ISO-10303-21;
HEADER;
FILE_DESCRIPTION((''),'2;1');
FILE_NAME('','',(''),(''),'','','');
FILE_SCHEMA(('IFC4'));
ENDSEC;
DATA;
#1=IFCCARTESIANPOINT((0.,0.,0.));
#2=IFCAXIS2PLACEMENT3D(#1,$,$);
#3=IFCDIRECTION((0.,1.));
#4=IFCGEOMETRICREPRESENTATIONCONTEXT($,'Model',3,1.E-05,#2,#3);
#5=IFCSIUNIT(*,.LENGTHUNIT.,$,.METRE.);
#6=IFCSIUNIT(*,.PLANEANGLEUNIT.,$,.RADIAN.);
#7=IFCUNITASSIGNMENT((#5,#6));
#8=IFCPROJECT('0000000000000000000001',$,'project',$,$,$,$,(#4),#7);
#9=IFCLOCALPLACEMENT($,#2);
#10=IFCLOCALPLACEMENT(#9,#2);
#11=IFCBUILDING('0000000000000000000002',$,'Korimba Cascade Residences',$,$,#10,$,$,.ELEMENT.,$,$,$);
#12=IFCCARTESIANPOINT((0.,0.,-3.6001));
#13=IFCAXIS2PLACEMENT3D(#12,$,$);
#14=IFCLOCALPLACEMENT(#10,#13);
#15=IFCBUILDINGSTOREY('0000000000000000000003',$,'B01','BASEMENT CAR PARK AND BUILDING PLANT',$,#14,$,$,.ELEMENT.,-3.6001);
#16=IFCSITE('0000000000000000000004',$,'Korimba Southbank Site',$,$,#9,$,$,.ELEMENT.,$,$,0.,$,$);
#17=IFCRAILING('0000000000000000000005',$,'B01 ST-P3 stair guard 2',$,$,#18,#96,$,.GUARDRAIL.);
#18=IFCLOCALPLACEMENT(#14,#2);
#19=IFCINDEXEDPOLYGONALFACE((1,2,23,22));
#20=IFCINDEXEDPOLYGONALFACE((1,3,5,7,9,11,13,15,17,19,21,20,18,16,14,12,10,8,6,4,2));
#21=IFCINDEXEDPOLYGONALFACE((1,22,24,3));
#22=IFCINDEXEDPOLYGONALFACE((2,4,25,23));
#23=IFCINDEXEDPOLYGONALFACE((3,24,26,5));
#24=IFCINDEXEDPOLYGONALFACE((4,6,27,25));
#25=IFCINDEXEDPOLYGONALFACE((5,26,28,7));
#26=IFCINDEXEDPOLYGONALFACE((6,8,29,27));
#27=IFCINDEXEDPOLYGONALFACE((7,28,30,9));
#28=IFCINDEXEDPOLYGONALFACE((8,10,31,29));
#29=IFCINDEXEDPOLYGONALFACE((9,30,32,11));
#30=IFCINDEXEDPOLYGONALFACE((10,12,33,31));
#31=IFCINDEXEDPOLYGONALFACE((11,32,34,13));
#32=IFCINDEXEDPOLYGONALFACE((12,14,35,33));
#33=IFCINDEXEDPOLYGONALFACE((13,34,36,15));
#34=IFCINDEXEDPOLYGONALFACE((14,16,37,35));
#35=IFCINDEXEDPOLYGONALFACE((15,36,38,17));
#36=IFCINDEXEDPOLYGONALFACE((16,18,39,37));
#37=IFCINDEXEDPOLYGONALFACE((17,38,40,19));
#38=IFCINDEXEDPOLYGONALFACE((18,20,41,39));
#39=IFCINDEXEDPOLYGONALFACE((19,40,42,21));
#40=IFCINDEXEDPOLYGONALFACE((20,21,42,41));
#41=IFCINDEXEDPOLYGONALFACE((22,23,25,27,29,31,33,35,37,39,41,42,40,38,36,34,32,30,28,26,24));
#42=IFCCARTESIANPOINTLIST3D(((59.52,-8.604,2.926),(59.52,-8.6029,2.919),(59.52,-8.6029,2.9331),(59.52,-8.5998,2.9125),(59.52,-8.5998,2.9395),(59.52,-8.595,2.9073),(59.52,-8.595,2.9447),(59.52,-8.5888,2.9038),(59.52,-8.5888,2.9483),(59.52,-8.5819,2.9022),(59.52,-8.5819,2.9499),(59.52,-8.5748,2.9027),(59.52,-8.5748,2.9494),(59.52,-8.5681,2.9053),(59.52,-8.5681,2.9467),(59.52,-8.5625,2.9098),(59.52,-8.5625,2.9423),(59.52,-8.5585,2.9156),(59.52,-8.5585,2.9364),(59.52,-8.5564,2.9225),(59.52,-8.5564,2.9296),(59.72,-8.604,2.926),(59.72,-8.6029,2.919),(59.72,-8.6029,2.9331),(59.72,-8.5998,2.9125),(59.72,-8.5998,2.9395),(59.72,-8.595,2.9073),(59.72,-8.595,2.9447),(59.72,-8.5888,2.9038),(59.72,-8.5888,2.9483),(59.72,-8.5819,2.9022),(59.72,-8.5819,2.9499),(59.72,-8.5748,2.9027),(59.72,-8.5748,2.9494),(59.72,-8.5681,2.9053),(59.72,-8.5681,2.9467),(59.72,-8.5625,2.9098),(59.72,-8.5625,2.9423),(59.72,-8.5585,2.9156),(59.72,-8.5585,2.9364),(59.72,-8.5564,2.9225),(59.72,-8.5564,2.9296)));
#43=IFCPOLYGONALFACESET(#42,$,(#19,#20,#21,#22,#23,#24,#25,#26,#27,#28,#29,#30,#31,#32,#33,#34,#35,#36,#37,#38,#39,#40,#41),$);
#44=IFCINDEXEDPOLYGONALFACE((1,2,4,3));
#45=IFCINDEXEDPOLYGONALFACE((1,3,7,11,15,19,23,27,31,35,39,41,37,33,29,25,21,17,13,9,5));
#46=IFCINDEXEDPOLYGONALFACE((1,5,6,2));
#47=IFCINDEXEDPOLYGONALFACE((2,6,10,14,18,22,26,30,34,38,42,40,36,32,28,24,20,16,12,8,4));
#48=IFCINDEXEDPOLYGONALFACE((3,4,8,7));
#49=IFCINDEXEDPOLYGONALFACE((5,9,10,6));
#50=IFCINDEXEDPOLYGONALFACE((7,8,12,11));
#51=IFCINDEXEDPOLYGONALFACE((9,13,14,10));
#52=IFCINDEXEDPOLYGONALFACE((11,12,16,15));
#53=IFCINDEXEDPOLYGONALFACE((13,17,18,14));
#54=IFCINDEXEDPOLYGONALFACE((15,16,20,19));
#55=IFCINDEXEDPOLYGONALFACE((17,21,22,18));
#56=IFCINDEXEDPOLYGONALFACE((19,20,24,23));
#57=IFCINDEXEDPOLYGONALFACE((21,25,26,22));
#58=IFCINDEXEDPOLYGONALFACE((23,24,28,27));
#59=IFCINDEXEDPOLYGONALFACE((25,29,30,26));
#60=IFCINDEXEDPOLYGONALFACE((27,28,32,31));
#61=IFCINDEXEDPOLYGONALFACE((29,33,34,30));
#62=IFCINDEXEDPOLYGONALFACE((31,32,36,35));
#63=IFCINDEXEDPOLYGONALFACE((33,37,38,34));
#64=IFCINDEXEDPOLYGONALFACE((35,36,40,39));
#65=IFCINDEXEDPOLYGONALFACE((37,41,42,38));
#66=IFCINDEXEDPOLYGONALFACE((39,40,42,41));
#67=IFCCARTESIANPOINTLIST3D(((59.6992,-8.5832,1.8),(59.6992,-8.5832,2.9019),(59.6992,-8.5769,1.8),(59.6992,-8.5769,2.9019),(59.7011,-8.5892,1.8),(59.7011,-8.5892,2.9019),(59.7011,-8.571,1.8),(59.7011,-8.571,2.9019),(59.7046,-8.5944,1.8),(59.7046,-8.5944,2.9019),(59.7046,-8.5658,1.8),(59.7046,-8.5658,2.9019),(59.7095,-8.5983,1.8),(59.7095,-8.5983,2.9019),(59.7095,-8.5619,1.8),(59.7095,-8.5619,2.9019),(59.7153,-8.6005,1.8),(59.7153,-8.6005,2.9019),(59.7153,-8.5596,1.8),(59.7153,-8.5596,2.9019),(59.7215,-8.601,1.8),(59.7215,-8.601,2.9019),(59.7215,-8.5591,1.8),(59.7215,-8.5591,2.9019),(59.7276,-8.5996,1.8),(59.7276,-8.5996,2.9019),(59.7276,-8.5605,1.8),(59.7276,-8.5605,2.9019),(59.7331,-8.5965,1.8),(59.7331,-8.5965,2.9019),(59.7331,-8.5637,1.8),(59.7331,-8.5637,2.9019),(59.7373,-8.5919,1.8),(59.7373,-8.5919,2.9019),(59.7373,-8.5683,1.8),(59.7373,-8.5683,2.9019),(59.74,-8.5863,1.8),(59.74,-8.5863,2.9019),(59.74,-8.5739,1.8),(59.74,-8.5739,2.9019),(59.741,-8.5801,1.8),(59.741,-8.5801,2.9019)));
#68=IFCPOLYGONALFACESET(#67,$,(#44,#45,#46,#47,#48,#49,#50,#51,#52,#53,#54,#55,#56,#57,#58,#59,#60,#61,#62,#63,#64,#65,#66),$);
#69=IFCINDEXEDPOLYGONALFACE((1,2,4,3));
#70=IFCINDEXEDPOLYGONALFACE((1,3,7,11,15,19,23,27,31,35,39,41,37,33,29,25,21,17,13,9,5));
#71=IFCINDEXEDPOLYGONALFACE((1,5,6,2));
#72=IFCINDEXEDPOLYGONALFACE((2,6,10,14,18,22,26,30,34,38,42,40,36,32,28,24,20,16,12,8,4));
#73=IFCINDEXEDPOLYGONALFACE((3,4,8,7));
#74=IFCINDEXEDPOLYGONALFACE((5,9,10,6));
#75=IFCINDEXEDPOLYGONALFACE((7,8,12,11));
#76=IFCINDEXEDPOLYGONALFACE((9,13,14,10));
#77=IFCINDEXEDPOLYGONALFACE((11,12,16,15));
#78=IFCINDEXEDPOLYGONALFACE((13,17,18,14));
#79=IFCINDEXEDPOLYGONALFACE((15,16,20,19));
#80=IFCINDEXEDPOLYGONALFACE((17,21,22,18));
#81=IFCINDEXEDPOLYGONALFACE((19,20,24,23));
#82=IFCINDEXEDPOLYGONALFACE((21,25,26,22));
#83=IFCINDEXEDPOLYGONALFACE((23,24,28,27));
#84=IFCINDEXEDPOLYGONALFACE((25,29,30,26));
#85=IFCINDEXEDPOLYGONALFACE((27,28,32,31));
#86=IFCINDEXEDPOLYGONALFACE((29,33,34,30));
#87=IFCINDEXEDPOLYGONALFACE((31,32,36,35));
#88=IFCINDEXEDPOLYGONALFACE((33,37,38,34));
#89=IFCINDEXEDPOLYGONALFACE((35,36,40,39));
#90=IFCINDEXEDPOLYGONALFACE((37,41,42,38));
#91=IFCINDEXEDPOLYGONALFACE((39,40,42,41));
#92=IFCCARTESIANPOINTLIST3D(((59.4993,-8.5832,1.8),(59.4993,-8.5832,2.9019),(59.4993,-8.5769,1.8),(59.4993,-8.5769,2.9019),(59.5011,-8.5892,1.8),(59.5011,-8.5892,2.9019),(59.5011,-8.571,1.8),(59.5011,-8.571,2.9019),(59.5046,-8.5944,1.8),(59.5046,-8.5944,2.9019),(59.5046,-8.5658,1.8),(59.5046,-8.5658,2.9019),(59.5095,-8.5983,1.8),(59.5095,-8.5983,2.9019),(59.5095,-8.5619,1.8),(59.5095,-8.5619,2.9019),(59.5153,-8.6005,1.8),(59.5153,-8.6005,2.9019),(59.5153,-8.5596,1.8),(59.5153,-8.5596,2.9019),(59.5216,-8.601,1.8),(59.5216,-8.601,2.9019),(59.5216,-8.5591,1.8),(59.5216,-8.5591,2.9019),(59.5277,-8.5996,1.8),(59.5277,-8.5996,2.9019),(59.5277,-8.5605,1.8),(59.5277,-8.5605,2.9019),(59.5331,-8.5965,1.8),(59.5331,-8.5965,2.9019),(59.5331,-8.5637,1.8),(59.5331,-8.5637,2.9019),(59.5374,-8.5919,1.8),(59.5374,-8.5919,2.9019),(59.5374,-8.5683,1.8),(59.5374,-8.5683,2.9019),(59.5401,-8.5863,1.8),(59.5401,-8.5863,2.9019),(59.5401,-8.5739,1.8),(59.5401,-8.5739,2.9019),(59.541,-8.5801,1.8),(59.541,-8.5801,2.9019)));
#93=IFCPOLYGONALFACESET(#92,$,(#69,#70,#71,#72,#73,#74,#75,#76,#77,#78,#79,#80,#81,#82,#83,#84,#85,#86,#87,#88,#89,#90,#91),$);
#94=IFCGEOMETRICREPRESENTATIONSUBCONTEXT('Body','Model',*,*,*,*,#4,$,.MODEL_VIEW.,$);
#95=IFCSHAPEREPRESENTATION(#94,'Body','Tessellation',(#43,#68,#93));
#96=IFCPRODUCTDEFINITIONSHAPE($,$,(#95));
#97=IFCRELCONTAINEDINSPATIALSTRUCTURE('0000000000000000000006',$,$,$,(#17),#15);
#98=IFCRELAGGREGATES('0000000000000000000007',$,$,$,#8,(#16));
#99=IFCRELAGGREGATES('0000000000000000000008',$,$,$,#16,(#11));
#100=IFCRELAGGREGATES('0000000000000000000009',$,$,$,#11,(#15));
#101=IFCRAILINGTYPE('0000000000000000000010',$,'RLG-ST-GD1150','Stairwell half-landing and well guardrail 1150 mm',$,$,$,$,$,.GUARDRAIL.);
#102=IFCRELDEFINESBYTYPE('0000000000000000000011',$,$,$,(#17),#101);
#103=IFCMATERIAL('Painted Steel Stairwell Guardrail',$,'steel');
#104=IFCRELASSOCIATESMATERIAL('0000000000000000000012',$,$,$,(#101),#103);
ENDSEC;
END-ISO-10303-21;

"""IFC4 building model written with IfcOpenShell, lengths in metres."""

from ifc_helpers import new_model, si_unit, direction, frame, origin, origin_2d, place, context, subcontext, project, spatial, circle, extrude, material, type_object, element, save


model = new_model("IFC4")

# Units and contexts
model_context = context("Model", 3, precision=1e-05, world=origin(), true_north=direction((0.0, 1.0)))
body_context = subcontext(model_context, "Body", "Model", "MODEL_VIEW")
ifc_project = project(units=[si_unit("LENGTHUNIT", "METRE"), si_unit("PLANEANGLEUNIT", "RADIAN")], contexts=[model_context])

# Site, building, storey
site_placement = place(None, origin())
site = spatial("IfcSite", under=ifc_project, at=site_placement, Name="Korimba Southbank Site", CompositionType="ELEMENT", RefElevation=0.0)
building_placement = place(site_placement, origin())
building = spatial("IfcBuilding", under=site, at=building_placement, Name="Korimba Cascade Residences", CompositionType="ELEMENT")
storey_placement = place(building_placement, frame((0.0, 0.0, -3.6001)))
storey = spatial("IfcBuildingStorey", under=building, at=storey_placement, Name="B01", Description="BASEMENT CAR PARK AND BUILDING PLANT", CompositionType="ELEMENT", Elevation=-3.6001)

# Railing
ifc_material_1 = material(Name="Painted Steel Stairwell Guardrail", Category="steel")
railing_type_1 = type_object("IfcRailingType", Name="RLG-ST-GD1150", Description="Stairwell half-landing and well guardrail 1150 mm", PredefinedType="GUARDRAIL", material=ifc_material_1)
railing_1_placement = place(storey_placement, frame((59.72, -8.5801, 1.8)))
element("IfcRailing", 1, at=railing_1_placement, inside=storey, type_object=railing_type_1, Name="B01 ST-P3 stair guard 2", PredefinedType="GUARDRAIL", context=body_context, shape_type="SweptSolid", body=[
    extrude(circle(Radius=0.0239, at=origin_2d()), frame((0.0, 0.0, 1.126), z_axis=(-1.0, 0.0, 0.0), x_axis=(0.0, -1.0, 0.0)), (0.0, 0.0, 1.0), 0.2),
    extrude(circle(Radius=0.021, at=origin_2d()), origin(), (0.0, 0.0, 1.0), 1.1018),
    extrude(circle(Radius=0.021, at=origin_2d()), frame((-0.2, 0.0, 0.0)), (0.0, 0.0, 1.0), 1.1018),
])

save(model, "model.ifc")
